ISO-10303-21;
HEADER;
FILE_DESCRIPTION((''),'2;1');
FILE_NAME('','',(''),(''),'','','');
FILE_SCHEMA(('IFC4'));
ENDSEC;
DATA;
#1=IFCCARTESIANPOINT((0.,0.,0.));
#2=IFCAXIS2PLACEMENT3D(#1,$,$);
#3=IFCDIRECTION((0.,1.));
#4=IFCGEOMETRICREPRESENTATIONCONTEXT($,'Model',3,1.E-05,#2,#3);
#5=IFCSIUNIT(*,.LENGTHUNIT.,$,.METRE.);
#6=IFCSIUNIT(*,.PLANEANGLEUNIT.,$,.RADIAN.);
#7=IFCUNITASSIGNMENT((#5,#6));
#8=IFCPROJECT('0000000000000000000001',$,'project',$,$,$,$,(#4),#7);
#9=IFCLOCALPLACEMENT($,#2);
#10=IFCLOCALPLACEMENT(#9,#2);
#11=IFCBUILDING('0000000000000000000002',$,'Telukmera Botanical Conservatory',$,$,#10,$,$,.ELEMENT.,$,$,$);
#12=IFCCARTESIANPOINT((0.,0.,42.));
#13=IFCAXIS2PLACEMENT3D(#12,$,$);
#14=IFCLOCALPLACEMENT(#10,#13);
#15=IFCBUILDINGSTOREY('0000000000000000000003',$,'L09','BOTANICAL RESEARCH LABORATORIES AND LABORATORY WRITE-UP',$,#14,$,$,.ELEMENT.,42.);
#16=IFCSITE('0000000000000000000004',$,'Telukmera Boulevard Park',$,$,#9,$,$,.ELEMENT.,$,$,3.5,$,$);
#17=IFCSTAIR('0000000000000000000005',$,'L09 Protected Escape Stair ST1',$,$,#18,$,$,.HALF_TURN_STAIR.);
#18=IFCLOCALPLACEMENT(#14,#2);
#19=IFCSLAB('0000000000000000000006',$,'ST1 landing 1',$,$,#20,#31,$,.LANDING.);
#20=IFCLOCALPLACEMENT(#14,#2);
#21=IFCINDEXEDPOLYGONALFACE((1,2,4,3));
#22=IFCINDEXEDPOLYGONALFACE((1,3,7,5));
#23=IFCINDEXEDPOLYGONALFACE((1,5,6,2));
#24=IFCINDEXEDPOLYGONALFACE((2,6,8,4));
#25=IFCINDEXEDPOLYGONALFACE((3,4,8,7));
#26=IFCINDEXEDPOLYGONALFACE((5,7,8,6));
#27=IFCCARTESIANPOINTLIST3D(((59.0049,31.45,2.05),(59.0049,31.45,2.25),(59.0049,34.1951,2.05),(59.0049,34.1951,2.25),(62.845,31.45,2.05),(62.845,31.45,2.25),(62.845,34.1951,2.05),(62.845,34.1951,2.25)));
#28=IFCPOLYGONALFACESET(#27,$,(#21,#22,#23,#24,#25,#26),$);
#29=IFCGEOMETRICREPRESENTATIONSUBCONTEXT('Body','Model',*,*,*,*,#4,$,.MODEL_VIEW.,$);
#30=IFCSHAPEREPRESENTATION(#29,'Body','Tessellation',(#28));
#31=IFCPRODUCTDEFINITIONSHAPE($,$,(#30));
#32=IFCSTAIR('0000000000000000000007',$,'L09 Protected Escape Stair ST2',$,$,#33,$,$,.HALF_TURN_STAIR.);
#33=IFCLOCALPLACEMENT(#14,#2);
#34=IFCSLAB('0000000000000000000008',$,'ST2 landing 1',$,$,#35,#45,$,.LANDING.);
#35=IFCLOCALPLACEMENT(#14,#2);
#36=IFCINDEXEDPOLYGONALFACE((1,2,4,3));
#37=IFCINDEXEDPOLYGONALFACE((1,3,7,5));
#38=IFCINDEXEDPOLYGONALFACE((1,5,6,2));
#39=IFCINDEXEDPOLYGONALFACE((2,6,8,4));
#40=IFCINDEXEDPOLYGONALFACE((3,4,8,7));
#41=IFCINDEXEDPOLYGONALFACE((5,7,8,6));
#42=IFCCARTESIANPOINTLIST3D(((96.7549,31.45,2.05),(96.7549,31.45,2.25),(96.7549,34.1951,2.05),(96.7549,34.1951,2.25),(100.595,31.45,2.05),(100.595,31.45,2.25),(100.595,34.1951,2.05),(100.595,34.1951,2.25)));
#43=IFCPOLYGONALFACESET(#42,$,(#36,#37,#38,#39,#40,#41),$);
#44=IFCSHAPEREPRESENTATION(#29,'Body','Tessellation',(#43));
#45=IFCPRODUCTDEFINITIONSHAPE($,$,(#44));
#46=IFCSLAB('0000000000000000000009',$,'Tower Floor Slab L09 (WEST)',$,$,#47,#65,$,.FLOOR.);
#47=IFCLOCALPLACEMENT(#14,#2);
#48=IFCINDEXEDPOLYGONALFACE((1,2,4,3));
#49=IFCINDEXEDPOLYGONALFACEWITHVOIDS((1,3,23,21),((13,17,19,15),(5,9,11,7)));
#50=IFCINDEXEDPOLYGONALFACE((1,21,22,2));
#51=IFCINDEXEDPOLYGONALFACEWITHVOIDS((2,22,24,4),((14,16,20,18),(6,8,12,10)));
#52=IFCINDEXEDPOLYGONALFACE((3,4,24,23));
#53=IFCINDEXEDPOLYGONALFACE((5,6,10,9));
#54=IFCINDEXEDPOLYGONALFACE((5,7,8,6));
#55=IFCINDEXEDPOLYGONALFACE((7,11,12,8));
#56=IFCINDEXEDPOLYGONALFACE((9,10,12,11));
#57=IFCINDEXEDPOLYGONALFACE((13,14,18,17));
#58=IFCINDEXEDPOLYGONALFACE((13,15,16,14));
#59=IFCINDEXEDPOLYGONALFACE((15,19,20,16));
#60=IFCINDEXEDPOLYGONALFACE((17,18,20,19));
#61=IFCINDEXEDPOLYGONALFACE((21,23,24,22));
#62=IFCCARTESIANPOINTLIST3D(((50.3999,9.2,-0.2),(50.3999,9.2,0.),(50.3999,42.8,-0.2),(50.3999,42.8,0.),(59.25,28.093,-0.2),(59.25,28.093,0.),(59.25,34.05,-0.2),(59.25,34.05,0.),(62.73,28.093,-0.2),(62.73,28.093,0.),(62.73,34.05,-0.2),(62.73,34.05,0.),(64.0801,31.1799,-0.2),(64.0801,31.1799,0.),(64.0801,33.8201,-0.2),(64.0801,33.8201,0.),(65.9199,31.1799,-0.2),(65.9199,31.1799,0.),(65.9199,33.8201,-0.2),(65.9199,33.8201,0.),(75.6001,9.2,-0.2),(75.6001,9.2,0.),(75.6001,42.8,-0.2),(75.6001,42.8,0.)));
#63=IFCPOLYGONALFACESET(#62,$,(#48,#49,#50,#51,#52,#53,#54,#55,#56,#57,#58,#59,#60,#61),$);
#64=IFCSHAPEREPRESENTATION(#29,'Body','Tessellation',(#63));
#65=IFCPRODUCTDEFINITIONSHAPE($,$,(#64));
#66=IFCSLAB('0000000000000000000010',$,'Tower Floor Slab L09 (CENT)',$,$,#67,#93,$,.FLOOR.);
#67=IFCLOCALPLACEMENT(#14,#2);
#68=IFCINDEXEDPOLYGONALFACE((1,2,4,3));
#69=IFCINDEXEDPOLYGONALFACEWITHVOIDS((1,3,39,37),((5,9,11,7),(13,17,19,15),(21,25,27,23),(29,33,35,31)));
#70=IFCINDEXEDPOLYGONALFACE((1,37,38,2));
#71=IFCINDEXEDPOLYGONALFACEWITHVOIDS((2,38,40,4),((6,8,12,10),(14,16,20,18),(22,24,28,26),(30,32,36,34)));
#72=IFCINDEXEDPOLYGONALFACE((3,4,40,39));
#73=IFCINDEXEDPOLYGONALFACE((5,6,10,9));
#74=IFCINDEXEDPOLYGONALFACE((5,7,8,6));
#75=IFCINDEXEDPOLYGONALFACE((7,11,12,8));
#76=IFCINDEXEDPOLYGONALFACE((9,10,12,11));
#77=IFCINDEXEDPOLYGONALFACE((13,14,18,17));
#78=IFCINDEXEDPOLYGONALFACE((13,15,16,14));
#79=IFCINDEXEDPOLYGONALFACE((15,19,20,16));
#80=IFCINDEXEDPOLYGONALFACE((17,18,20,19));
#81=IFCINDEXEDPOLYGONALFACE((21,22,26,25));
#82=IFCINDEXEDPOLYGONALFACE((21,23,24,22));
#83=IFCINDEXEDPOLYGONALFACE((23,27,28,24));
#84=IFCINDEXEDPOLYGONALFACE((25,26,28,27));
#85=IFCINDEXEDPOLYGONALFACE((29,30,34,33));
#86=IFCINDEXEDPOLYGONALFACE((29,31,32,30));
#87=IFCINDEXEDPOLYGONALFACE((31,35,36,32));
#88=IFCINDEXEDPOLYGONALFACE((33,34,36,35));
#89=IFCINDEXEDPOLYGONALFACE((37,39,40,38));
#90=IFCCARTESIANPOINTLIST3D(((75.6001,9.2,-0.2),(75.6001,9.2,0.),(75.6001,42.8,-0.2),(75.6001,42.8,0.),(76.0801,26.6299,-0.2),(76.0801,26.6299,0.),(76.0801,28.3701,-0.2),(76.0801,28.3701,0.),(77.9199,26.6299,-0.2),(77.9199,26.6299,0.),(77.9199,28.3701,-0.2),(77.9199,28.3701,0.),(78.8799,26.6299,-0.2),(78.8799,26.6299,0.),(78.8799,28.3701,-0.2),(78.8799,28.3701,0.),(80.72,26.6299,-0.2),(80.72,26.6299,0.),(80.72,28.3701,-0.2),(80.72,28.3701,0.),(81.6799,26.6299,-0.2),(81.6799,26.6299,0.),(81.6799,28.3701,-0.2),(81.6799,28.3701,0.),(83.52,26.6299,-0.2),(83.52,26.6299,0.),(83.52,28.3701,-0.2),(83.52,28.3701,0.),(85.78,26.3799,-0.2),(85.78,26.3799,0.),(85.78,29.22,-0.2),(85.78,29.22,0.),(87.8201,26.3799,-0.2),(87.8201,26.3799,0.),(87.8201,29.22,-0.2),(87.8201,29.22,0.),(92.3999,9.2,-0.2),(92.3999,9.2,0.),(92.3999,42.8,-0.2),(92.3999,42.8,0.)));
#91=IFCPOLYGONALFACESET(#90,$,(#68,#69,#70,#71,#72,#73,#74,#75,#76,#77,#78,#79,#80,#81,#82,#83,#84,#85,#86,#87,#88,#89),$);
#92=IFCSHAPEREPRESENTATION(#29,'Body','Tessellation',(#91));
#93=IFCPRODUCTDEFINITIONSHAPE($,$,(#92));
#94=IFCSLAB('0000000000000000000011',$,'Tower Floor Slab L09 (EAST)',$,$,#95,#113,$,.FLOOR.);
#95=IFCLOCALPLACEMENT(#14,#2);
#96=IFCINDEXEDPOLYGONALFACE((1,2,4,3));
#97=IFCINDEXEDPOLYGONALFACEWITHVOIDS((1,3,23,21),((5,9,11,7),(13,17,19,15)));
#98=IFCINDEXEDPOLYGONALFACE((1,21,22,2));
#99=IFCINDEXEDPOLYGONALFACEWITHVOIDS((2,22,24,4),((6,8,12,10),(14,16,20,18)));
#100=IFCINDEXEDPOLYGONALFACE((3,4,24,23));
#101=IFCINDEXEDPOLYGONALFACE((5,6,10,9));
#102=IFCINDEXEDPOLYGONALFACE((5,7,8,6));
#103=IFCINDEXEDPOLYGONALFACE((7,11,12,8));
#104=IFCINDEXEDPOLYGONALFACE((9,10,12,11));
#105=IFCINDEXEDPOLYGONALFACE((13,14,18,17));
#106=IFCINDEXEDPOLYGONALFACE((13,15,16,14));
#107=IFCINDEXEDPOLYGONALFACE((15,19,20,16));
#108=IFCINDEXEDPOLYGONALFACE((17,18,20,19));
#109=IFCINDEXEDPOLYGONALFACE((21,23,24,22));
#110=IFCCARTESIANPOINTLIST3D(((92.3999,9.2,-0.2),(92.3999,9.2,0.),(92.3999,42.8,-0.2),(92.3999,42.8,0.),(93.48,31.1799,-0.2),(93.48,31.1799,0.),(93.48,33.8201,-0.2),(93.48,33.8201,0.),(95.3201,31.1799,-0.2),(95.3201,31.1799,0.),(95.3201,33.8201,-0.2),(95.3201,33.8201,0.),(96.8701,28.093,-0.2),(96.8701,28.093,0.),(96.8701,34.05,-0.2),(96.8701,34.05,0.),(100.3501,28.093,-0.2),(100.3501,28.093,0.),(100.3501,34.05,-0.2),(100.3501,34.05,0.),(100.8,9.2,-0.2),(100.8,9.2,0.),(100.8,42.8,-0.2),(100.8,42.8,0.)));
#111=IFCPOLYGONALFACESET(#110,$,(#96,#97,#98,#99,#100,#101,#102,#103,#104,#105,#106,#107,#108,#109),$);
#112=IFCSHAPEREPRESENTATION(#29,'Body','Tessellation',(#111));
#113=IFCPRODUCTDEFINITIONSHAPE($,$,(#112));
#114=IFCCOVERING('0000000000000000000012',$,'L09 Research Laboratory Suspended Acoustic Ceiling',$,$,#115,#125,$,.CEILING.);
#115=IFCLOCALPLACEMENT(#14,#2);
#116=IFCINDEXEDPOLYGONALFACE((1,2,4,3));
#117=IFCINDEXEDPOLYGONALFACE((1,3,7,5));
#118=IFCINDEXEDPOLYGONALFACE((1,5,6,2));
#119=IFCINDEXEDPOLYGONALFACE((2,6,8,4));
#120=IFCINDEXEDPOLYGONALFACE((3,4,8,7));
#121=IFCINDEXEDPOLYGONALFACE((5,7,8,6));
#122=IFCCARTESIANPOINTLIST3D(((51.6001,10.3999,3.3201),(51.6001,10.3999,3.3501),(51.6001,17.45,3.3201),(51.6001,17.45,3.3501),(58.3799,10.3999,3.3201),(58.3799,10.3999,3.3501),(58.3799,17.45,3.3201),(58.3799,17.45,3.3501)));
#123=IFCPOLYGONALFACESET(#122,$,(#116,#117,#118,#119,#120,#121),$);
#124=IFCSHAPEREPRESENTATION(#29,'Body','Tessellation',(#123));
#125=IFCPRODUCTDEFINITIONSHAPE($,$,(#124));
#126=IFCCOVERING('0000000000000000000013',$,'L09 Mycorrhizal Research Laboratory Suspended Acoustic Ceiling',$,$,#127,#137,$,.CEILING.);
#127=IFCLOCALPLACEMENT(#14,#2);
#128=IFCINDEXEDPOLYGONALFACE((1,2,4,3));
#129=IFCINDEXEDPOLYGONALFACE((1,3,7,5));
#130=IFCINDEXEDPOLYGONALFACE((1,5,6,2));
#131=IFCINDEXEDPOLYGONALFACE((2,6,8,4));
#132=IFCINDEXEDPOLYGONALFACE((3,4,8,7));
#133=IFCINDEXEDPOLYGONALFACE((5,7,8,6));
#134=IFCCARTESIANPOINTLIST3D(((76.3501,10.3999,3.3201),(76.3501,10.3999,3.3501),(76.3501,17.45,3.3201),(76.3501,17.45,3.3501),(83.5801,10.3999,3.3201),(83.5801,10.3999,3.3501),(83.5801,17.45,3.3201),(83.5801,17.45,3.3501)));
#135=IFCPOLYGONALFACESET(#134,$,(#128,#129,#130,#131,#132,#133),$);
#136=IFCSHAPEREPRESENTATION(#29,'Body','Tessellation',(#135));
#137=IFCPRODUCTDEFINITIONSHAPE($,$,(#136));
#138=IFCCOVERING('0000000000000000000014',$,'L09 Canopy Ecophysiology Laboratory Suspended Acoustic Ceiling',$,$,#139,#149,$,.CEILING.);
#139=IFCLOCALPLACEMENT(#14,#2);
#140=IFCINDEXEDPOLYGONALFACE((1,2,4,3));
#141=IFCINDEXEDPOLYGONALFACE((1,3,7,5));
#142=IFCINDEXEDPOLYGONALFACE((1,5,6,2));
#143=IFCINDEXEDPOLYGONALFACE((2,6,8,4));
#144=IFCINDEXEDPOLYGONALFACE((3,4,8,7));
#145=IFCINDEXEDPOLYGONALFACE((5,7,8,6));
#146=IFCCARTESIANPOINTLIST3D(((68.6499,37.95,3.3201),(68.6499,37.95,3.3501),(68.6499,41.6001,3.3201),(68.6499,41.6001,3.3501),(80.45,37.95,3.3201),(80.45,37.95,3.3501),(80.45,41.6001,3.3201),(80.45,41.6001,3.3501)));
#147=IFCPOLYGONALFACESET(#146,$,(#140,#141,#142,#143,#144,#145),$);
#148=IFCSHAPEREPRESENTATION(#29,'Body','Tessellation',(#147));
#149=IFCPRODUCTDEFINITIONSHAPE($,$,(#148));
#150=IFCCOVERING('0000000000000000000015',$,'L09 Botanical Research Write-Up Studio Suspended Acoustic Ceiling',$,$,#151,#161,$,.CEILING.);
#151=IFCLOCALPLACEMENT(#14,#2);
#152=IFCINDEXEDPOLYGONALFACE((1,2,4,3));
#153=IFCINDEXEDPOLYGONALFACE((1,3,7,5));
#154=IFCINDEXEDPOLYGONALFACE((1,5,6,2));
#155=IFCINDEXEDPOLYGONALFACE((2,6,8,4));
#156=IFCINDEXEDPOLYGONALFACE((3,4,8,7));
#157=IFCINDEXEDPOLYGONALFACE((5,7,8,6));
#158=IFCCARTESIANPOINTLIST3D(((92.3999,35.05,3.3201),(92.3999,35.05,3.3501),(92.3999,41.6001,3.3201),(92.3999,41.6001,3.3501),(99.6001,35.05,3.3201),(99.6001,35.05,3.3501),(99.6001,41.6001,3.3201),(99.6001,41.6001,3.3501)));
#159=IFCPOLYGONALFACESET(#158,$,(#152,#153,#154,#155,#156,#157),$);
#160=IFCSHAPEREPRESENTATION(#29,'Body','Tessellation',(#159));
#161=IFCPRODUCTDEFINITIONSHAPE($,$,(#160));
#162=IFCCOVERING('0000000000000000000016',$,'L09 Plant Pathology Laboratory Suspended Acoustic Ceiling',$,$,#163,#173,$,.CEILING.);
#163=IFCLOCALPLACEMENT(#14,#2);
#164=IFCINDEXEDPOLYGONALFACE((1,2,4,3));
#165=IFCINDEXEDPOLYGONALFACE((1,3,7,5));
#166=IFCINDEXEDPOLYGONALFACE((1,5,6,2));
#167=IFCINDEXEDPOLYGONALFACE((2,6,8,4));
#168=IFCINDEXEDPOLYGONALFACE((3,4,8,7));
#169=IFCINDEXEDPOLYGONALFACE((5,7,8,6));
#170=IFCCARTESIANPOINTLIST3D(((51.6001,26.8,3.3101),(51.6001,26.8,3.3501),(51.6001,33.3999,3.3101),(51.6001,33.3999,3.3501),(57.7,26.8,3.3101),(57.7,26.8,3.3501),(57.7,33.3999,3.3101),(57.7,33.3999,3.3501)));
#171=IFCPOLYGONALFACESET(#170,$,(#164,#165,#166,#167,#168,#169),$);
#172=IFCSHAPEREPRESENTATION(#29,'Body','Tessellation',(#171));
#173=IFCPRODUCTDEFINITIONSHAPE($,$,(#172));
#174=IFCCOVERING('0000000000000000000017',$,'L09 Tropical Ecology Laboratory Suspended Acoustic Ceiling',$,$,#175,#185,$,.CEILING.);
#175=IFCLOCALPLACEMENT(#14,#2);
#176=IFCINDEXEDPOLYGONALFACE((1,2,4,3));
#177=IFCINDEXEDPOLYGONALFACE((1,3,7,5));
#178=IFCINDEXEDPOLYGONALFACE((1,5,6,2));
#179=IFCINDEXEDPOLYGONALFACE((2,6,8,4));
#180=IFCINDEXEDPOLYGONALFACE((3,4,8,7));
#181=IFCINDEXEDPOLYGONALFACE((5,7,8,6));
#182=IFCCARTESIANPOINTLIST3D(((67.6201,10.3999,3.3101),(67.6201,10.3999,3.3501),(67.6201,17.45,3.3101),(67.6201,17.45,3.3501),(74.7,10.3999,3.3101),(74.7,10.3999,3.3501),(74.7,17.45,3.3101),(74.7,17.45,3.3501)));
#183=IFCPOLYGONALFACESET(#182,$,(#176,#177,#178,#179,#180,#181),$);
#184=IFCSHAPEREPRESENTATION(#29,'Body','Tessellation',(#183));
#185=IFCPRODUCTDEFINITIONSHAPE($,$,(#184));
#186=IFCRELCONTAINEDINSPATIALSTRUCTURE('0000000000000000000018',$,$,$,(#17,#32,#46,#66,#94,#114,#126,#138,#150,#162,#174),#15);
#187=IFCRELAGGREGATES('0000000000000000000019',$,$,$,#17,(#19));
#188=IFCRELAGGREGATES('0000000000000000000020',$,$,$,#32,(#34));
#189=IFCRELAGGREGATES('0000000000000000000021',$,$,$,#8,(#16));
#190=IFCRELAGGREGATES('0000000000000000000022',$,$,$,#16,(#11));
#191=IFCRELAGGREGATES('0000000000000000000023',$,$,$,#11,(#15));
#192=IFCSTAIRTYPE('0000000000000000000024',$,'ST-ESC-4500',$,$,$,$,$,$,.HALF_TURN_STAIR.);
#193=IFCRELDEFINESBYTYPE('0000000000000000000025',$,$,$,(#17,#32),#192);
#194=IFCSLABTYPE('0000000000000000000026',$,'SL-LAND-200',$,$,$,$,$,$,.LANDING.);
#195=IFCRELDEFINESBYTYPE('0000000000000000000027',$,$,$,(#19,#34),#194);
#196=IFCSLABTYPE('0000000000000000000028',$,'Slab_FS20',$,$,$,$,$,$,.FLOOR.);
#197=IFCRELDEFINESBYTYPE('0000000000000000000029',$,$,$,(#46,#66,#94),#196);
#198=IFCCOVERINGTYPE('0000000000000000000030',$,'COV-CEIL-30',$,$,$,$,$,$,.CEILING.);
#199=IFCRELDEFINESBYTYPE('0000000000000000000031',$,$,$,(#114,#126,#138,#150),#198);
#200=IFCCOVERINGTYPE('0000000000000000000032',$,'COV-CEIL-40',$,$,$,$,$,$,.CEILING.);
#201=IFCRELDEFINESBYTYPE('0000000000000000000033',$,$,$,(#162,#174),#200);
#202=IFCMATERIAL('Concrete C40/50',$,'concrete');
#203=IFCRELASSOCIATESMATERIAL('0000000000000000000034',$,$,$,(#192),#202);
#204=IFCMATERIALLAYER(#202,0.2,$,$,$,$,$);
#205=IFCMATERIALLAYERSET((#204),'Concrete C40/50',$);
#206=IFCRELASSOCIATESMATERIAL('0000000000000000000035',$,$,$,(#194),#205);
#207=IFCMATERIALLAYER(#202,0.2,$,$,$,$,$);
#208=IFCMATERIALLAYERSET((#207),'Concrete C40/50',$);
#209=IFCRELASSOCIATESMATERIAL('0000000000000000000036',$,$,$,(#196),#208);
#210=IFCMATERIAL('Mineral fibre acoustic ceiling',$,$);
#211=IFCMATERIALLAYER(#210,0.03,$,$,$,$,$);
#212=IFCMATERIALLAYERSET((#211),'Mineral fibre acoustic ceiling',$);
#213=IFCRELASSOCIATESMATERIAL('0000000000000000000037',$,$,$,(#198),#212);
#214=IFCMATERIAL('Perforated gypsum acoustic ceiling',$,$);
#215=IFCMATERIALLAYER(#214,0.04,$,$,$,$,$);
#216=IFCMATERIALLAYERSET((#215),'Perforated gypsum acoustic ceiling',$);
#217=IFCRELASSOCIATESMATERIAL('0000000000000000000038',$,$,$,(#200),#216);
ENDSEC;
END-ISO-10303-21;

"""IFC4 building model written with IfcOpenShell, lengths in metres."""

from ifc_helpers import new_model, si_unit, direction, frame, origin, place, context, subcontext, project, spatial, polyline, outline, extrude, material, layer, layer_set, type_object, element, aggregate, save


model = new_model("IFC4")

# Units and contexts
model_context = context("Model", 3, precision=1e-05, world=origin(), true_north=direction((0.0, 1.0)))
body_context = subcontext(model_context, "Body", "Model", "MODEL_VIEW")
ifc_project = project(units=[si_unit("LENGTHUNIT", "METRE"), si_unit("PLANEANGLEUNIT", "RADIAN")], contexts=[model_context])

# Site, building, storey
site_placement = place(None, origin())
site = spatial("IfcSite", under=ifc_project, at=site_placement, Name="Telukmera Boulevard Park", CompositionType="ELEMENT", RefElevation=3.5)
building_placement = place(site_placement, origin())
building = spatial("IfcBuilding", under=site, at=building_placement, Name="Telukmera Botanical Conservatory", CompositionType="ELEMENT")
storey_placement = place(building_placement, frame((0.0, 0.0, 42.0)))
storey = spatial("IfcBuildingStorey", under=building, at=storey_placement, Name="L09", Description="BOTANICAL RESEARCH LABORATORIES AND LABORATORY WRITE-UP", CompositionType="ELEMENT", Elevation=42.0)

# Stairs, slabs
ifc_material_1 = material(Name="Concrete C40/50", Category="concrete")
stair_type = type_object("IfcStairType", Name="ST-ESC-4500", PredefinedType="HALF_TURN_STAIR", material=ifc_material_1)
stair_1_placement = place(storey_placement, origin())
stair_1 = element("IfcStair", 1, at=stair_1_placement, inside=storey, type_object=stair_type, Name="L09 Protected Escape Stair ST1", PredefinedType="HALF_TURN_STAIR")
ifc_layer_1 = layer(ifc_material_1, 0.2)
ifc_layer_set_1 = layer_set([ifc_layer_1], Name="Concrete C40/50")
slab_type_1 = type_object("IfcSlabType", Name="SL-LAND-200", PredefinedType="LANDING", material=ifc_layer_set_1)
slab_1_placement = place(storey_placement, frame((0.0, 0.0, 2.05)))
slab_1 = element("IfcSlab", 2, at=slab_1_placement, type_object=slab_type_1, Name="ST1 landing 1", PredefinedType="LANDING", context=body_context, shape_type="SweptSolid", body=[
    extrude(outline(polyline([(59.0049, 31.45), (62.845, 31.45), (62.845, 34.1951), (59.0049, 34.1951), (59.0049, 31.45)])), origin(), (0.0, 0.0, 1.0), 0.2),
])
aggregate(stair_1, [slab_1])
stair_2_placement = place(storey_placement, origin())
stair_2 = element("IfcStair", 3, at=stair_2_placement, inside=storey, type_object=stair_type, Name="L09 Protected Escape Stair ST2", PredefinedType="HALF_TURN_STAIR")
slab_2_placement = place(storey_placement, frame((0.0, 0.0, 2.05)))
slab_2 = element("IfcSlab", 4, at=slab_2_placement, type_object=slab_type_1, Name="ST2 landing 1", PredefinedType="LANDING", context=body_context, shape_type="SweptSolid", body=[
    extrude(outline(polyline([(96.7549, 31.45), (100.595, 31.45), (100.595, 34.1951), (96.7549, 34.1951), (96.7549, 31.45)])), origin(), (0.0, 0.0, 1.0), 0.2),
])
aggregate(stair_2, [slab_2])

# Slabs
ifc_layer_2 = layer(ifc_material_1, 0.2)
ifc_layer_set_2 = layer_set([ifc_layer_2], Name="Concrete C40/50")
slab_type_2 = type_object("IfcSlabType", Name="Slab_FS20", PredefinedType="FLOOR", material=ifc_layer_set_2)
slab_3_placement = place(storey_placement, frame((0.0, 0.0, -0.2)))
element("IfcSlab", 5, at=slab_3_placement, inside=storey, type_object=slab_type_2, Name="Tower Floor Slab L09 (WEST)", PredefinedType="FLOOR", context=body_context, shape_type="SweptSolid", body=[
    extrude(outline(polyline([(50.3999, 9.2), (75.6001, 9.2), (75.6001, 42.8), (50.3999, 42.8), (50.3999, 9.2)]), holes=[polyline([(62.73, 28.093), (62.73, 34.05), (59.25, 34.05), (59.25, 28.093), (62.73, 28.093)]), polyline([(64.0801, 31.1799), (65.9199, 31.1799), (65.9199, 33.8201), (64.0801, 33.8201), (64.0801, 31.1799)])]), origin(), (0.0, 0.0, 1.0), 0.2),
])
slab_4_placement = place(storey_placement, frame((0.0, 0.0, -0.2)))
element("IfcSlab", 6, at=slab_4_placement, inside=storey, type_object=slab_type_2, Name="Tower Floor Slab L09 (CENT)", PredefinedType="FLOOR", context=body_context, shape_type="SweptSolid", body=[
    extrude(outline(polyline([(75.6001, 9.2), (92.3999, 9.2), (92.3999, 42.8), (75.6001, 42.8), (75.6001, 9.2)]), holes=[polyline([(85.78, 26.3799), (87.8201, 26.3799), (87.8201, 29.22), (85.78, 29.22), (85.78, 26.3799)]), polyline([(76.0801, 26.6299), (77.9199, 26.6299), (77.9199, 28.3701), (76.0801, 28.3701), (76.0801, 26.6299)]), polyline([(78.8799, 26.6299), (80.72, 26.6299), (80.72, 28.3701), (78.8799, 28.3701), (78.8799, 26.6299)]), polyline([(81.6799, 26.6299), (83.52, 26.6299), (83.52, 28.3701), (81.6799, 28.3701), (81.6799, 26.6299)])]), origin(), (0.0, 0.0, 1.0), 0.2),
])
slab_5_placement = place(storey_placement, frame((0.0, 0.0, -0.2)))
element("IfcSlab", 7, at=slab_5_placement, inside=storey, type_object=slab_type_2, Name="Tower Floor Slab L09 (EAST)", PredefinedType="FLOOR", context=body_context, shape_type="SweptSolid", body=[
    extrude(outline(polyline([(92.3999, 9.2), (100.8, 9.2), (100.8, 42.8), (92.3999, 42.8), (92.3999, 9.2)]), holes=[polyline([(100.3501, 28.093), (100.3501, 34.05), (96.8701, 34.05), (96.8701, 28.093), (100.3501, 28.093)]), polyline([(93.48, 31.1799), (95.3201, 31.1799), (95.3201, 33.8201), (93.48, 33.8201), (93.48, 31.1799)])]), origin(), (0.0, 0.0, 1.0), 0.2),
])

# Coverings
ifc_material_2 = material(Name="Mineral fibre acoustic ceiling")
ifc_layer_3 = layer(ifc_material_2, 0.03)
ifc_layer_set_3 = layer_set([ifc_layer_3], Name="Mineral fibre acoustic ceiling")
covering_type_1 = type_object("IfcCoveringType", Name="COV-CEIL-30", PredefinedType="CEILING", material=ifc_layer_set_3)
covering_1_placement = place(storey_placement, frame((0.0, 0.0, 3.3201)))
element("IfcCovering", 8, at=covering_1_placement, inside=storey, type_object=covering_type_1, Name="L09 Research Laboratory Suspended Acoustic Ceiling", PredefinedType="CEILING", context=body_context, shape_type="SweptSolid", body=[
    extrude(outline(polyline([(51.6001, 10.3999), (58.3799, 10.3999), (58.3799, 17.45), (51.6001, 17.45), (51.6001, 10.3999)])), origin(), (0.0, 0.0, 1.0), 0.03),
])
covering_2_placement = place(storey_placement, frame((0.0, 0.0, 3.3201)))
element("IfcCovering", 9, at=covering_2_placement, inside=storey, type_object=covering_type_1, Name="L09 Mycorrhizal Research Laboratory Suspended Acoustic Ceiling", PredefinedType="CEILING", context=body_context, shape_type="SweptSolid", body=[
    extrude(outline(polyline([(76.3501, 10.3999), (83.5801, 10.3999), (83.5801, 17.45), (76.3501, 17.45), (76.3501, 10.3999)])), origin(), (0.0, 0.0, 1.0), 0.03),
])
covering_3_placement = place(storey_placement, frame((0.0, 0.0, 3.3201)))
element("IfcCovering", 10, at=covering_3_placement, inside=storey, type_object=covering_type_1, Name="L09 Canopy Ecophysiology Laboratory Suspended Acoustic Ceiling", PredefinedType="CEILING", context=body_context, shape_type="SweptSolid", body=[
    extrude(outline(polyline([(68.6499, 37.95), (80.45, 37.95), (80.45, 41.6001), (68.6499, 41.6001), (68.6499, 37.95)])), origin(), (0.0, 0.0, 1.0), 0.03),
])
covering_4_placement = place(storey_placement, frame((0.0, 0.0, 3.3201)))
element("IfcCovering", 11, at=covering_4_placement, inside=storey, type_object=covering_type_1, Name="L09 Botanical Research Write-Up Studio Suspended Acoustic Ceiling", PredefinedType="CEILING", context=body_context, shape_type="SweptSolid", body=[
    extrude(outline(polyline([(92.3999, 35.05), (99.6001, 35.05), (99.6001, 41.6001), (92.3999, 41.6001), (92.3999, 35.05)])), origin(), (0.0, 0.0, 1.0), 0.03),
])
ifc_material_3 = material(Name="Perforated gypsum acoustic ceiling")
ifc_layer_4 = layer(ifc_material_3, 0.04)
ifc_layer_set_4 = layer_set([ifc_layer_4], Name="Perforated gypsum acoustic ceiling")
covering_type_2 = type_object("IfcCoveringType", Name="COV-CEIL-40", PredefinedType="CEILING", material=ifc_layer_set_4)
covering_5_placement = place(storey_placement, frame((0.0, 0.0, 3.3101)))
element("IfcCovering", 12, at=covering_5_placement, inside=storey, type_object=covering_type_2, Name="L09 Plant Pathology Laboratory Suspended Acoustic Ceiling", PredefinedType="CEILING", context=body_context, shape_type="SweptSolid", body=[
    extrude(outline(polyline([(51.6001, 26.8), (57.7, 26.8), (57.7, 33.3999), (51.6001, 33.3999), (51.6001, 26.8)])), origin(), (0.0, 0.0, 1.0), 0.04),
])
covering_6_placement = place(storey_placement, frame((0.0, 0.0, 3.3101)))
element("IfcCovering", 13, at=covering_6_placement, inside=storey, type_object=covering_type_2, Name="L09 Tropical Ecology Laboratory Suspended Acoustic Ceiling", PredefinedType="CEILING", context=body_context, shape_type="SweptSolid", body=[
    extrude(outline(polyline([(67.6201, 10.3999), (74.7, 10.3999), (74.7, 17.45), (67.6201, 17.45), (67.6201, 10.3999)])), origin(), (0.0, 0.0, 1.0), 0.04),
])

save(model, "model.ifc")
